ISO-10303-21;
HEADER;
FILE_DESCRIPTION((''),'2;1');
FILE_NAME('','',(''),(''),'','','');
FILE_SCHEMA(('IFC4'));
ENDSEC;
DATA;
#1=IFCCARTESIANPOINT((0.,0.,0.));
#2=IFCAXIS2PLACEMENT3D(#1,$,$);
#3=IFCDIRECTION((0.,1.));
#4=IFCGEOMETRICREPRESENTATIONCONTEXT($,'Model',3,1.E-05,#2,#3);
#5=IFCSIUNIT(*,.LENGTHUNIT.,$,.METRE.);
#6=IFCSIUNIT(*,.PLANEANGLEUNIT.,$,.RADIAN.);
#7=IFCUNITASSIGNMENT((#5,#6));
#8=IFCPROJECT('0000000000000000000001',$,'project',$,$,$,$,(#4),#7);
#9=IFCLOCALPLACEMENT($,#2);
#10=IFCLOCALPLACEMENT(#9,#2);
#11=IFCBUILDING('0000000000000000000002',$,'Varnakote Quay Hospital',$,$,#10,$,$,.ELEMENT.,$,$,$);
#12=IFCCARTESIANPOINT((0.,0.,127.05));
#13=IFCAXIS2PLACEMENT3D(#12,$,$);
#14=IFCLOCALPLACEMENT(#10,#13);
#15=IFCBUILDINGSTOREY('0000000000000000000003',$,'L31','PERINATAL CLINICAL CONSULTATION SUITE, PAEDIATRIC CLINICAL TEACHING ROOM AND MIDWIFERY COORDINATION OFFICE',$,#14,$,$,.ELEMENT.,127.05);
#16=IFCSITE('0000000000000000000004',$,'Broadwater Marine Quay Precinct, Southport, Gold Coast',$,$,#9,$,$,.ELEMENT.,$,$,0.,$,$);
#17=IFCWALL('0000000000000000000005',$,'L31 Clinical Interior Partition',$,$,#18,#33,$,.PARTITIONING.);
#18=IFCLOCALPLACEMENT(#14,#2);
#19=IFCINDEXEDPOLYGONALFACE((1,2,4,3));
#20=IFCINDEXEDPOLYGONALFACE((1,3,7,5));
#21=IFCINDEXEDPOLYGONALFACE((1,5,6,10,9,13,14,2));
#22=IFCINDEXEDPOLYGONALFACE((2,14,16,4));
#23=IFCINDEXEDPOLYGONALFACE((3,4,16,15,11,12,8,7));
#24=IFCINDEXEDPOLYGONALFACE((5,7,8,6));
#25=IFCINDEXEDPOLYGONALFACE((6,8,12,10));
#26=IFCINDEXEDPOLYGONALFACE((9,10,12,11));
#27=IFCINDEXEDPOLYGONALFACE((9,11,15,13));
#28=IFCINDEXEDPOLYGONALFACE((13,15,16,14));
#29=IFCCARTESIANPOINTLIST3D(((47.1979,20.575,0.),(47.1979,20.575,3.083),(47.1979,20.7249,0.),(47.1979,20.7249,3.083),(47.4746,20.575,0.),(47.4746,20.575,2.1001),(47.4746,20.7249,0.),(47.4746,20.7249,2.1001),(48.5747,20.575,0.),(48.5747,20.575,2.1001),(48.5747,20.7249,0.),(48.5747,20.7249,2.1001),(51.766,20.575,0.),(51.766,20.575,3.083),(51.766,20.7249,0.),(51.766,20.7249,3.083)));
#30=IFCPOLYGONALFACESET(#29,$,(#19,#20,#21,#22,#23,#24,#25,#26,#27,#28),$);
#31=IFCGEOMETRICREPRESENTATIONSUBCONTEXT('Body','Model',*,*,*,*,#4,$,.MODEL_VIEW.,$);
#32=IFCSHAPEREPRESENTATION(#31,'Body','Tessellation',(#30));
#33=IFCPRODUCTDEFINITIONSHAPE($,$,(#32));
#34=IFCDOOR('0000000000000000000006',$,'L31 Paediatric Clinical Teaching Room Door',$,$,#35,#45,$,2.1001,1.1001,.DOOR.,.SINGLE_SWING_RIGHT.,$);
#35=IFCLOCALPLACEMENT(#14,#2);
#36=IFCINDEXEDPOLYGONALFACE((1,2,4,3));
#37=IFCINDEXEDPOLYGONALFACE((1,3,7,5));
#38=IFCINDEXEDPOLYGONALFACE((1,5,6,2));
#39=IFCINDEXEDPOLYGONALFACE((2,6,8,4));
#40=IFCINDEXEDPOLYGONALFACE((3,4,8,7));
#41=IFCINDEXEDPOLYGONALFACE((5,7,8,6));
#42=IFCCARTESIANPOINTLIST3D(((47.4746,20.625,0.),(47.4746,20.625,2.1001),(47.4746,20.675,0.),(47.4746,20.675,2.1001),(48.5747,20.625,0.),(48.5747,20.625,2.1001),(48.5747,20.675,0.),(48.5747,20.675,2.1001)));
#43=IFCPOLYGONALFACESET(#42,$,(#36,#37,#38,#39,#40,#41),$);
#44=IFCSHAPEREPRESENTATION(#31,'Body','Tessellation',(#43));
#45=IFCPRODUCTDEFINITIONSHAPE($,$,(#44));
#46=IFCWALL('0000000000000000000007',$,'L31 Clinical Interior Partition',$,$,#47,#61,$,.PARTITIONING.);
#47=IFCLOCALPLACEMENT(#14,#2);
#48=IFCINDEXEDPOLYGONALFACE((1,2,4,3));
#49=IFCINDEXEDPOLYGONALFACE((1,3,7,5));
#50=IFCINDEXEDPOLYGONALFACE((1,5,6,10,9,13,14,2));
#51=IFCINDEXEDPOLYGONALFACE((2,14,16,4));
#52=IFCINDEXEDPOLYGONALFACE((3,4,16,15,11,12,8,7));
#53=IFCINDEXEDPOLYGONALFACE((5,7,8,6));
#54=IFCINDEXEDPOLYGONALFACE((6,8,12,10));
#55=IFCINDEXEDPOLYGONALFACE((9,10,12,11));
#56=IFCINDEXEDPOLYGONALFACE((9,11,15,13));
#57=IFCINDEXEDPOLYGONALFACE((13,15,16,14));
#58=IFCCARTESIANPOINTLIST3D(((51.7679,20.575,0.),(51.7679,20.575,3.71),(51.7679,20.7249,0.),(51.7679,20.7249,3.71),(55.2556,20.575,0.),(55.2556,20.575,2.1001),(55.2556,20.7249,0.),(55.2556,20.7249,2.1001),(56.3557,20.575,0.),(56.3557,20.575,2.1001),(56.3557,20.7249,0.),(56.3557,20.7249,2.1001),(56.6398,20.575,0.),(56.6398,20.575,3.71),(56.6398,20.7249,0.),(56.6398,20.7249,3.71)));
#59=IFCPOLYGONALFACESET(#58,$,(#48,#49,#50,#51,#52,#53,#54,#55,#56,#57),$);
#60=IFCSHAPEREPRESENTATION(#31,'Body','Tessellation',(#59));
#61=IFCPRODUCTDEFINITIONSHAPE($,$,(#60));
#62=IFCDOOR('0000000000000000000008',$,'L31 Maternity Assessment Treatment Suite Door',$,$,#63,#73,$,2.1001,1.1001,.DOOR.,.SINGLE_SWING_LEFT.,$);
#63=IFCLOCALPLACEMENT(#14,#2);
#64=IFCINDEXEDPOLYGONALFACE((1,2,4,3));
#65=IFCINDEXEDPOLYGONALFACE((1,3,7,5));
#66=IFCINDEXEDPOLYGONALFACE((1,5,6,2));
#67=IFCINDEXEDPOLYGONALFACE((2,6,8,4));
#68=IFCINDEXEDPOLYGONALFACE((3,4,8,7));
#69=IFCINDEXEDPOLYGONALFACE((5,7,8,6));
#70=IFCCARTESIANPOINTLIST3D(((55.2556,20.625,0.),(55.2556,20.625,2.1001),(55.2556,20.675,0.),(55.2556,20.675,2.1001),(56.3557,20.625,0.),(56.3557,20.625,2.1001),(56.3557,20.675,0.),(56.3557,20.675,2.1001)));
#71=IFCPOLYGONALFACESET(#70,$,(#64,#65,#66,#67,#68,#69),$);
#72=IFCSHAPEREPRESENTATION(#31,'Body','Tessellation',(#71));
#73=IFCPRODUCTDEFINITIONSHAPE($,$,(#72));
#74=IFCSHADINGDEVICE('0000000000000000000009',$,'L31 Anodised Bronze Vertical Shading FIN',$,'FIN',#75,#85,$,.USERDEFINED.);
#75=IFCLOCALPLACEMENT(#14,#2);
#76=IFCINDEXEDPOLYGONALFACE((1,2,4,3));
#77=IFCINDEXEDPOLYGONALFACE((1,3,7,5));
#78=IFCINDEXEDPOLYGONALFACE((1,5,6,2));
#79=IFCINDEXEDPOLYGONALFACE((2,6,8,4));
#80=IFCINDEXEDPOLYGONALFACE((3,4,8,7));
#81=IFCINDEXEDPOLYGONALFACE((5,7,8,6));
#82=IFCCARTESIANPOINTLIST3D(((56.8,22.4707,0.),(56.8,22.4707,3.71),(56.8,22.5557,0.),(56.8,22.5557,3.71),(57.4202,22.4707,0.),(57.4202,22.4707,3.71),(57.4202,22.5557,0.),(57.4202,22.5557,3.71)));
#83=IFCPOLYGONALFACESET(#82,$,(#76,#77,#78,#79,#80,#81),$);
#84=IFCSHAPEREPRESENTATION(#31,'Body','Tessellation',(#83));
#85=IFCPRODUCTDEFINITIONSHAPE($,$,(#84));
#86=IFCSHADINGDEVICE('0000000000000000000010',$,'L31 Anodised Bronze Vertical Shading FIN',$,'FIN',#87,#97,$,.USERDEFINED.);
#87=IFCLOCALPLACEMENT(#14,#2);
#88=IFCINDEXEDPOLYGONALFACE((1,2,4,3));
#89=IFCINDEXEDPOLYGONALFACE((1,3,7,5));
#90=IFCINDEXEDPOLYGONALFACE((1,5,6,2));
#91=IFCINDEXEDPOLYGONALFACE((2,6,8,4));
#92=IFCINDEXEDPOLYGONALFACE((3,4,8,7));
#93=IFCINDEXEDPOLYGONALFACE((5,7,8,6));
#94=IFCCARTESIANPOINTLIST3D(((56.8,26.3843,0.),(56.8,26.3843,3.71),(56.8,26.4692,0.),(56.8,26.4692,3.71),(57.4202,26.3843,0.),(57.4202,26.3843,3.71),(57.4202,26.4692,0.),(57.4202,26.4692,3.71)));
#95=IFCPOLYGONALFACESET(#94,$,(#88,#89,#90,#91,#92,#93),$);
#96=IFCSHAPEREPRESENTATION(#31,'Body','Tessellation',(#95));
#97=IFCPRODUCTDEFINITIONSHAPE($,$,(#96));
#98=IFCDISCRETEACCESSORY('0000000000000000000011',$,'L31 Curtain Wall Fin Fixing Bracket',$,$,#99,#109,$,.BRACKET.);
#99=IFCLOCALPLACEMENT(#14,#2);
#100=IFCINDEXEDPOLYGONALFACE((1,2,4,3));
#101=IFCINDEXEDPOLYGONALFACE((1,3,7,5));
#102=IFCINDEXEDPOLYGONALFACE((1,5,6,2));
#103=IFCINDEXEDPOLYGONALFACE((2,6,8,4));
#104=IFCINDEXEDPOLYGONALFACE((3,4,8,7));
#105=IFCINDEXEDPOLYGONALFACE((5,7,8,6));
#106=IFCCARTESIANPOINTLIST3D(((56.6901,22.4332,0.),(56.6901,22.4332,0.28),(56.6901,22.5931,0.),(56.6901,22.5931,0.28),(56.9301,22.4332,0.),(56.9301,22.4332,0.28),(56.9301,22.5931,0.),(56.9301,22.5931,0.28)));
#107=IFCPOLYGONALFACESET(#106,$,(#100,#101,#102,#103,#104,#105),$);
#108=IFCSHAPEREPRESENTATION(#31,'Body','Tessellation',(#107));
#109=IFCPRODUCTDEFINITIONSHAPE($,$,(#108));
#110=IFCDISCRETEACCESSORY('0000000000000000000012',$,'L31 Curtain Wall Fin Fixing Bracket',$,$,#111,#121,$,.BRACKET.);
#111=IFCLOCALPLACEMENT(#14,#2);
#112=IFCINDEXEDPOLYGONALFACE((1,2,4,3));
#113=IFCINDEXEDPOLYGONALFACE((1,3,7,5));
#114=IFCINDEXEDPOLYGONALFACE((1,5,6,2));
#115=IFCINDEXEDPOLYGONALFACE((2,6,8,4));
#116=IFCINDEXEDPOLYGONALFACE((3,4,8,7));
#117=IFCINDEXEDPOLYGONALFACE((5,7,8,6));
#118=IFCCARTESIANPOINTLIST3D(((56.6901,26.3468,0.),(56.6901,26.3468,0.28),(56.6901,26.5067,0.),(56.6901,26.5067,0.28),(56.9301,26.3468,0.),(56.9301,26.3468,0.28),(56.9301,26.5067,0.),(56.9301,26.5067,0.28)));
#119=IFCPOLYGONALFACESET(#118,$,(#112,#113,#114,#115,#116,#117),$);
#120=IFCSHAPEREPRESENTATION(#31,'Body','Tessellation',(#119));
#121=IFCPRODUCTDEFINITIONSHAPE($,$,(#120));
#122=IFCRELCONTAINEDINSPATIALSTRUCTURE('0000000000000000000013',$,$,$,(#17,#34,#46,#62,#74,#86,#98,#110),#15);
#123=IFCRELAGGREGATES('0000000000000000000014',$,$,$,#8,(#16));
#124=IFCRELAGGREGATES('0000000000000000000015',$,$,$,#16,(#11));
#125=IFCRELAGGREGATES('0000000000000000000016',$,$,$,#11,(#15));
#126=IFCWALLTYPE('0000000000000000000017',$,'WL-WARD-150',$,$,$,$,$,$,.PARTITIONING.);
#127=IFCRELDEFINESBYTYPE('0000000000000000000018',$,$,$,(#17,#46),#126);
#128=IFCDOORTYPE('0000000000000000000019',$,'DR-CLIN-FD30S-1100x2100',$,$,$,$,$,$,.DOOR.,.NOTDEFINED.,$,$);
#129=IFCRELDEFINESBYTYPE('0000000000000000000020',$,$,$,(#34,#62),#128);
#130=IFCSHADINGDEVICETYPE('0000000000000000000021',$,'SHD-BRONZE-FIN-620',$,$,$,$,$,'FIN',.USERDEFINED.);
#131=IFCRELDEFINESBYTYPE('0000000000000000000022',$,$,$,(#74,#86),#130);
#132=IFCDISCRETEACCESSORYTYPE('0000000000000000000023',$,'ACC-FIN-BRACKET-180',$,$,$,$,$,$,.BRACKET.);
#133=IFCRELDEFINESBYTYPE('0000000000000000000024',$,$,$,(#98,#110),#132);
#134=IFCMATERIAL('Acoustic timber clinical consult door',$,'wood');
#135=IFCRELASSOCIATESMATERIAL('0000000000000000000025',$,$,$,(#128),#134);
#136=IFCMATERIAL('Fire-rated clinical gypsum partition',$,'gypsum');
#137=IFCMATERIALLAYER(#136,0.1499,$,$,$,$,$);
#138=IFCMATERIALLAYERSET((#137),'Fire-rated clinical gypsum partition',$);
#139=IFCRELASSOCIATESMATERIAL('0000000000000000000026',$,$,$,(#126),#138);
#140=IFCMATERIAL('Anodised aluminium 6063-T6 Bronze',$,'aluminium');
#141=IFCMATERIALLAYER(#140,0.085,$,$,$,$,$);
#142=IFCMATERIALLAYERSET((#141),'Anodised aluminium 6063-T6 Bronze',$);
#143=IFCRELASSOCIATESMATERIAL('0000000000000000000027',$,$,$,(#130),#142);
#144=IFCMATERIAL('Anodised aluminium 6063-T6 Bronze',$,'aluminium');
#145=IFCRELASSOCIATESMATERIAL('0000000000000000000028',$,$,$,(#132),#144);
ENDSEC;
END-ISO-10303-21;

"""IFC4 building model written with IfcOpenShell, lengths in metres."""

from ifc_helpers import new_model, si_unit, direction, frame, frame_2d, origin, origin_2d, place, context, subcontext, project, spatial, rectangle, extrude, material, layer, layer_set, type_object, element, fill, save


model = new_model("IFC4")

# Units and contexts
model_context = context("Model", 3, precision=1e-05, world=origin(), true_north=direction((0.0, 1.0)))
body_context = subcontext(model_context, "Body", "Model", "MODEL_VIEW")
ifc_project = project(units=[si_unit("LENGTHUNIT", "METRE"), si_unit("PLANEANGLEUNIT", "RADIAN")], contexts=[model_context])

# Site, building, storey
site_placement = place(None, origin())
site = spatial("IfcSite", under=ifc_project, at=site_placement, Name="Broadwater Marine Quay Precinct, Southport, Gold Coast", CompositionType="ELEMENT", RefElevation=0.0)
building_placement = place(site_placement, origin())
building = spatial("IfcBuilding", under=site, at=building_placement, Name="Varnakote Quay Hospital", CompositionType="ELEMENT")
storey_placement = place(building_placement, frame((0.0, 0.0, 127.05)))
storey = spatial("IfcBuildingStorey", under=building, at=storey_placement, Name="L31", Description="PERINATAL CLINICAL CONSULTATION SUITE, PAEDIATRIC CLINICAL TEACHING ROOM AND MIDWIFERY COORDINATION OFFICE", CompositionType="ELEMENT", Elevation=127.05)

# Walls, openings, doors
ifc_material_1 = material(Name="Acoustic timber clinical consult door", Category="wood")
door_type = type_object("IfcDoorType", Name="DR-CLIN-FD30S-1100x2100", OperationType="NOTDEFINED", PredefinedType="DOOR", material=ifc_material_1)
ifc_material_2 = material(Name="Fire-rated clinical gypsum partition", Category="gypsum")
ifc_layer_1 = layer(ifc_material_2, 0.1499)
ifc_layer_set_1 = layer_set([ifc_layer_1], Name="Fire-rated clinical gypsum partition")
wall_type_1 = type_object("IfcWallType", Name="WL-WARD-150", PredefinedType="PARTITIONING", material=ifc_layer_set_1)
wall_1_placement = place(storey_placement, frame((51.7661, 20.6499, 0.0), z_axis=(0.0, 0.0, 1.0), x_axis=(-1.0, 0.0, 0.0)))
wall_1 = element("IfcWall", 1, at=wall_1_placement, inside=storey, type_object=wall_type_1, Name="L31 Clinical Interior Partition", PredefinedType="PARTITIONING", context=body_context, shape_type="SweptSolid", body=[
    extrude(rectangle(XDim=4.5681, YDim=0.1499, at=frame_2d((2.2842, 0.0))), origin(), (0.0, 0.0, 1.0), 3.083),
])
opening_1_placement = place(wall_1_placement, frame((3.1914, 0.0, 0.0)))
opening_1 = element("IfcOpeningElement", 2, at=opening_1_placement, cuts=wall_1, PredefinedType="OPENING", context=body_context, shape_type="SweptSolid", body=[
    extrude(rectangle(XDim=1.1001, YDim=2.1001, at=frame_2d((0.55, 1.05))), frame((0.0, 0.085, 0.0), z_axis=(0.0, -1.0, 0.0), x_axis=(1.0, 0.0, 0.0)), (0.0, 0.0, 1.0), 0.1699),
])
door_1_placement = place(opening_1_placement, origin())
door_1 = element("IfcDoor", 3, at=door_1_placement, inside=storey, type_object=door_type, Name="L31 Paediatric Clinical Teaching Room Door", OperationType="SINGLE_SWING_RIGHT", OverallHeight=2.1001, OverallWidth=1.1001, PredefinedType="DOOR", context=body_context, shape_type="SweptSolid", body=[
    extrude(rectangle(XDim=1.1001, YDim=2.1001, at=frame_2d((0.55, 1.05))), frame((0.0, 0.0249, 0.0), z_axis=(0.0, -1.0, 0.0), x_axis=(1.0, 0.0, 0.0)), (0.0, 0.0, 1.0), 0.05),
])
fill(opening_1, door_1)
wall_2_placement = place(storey_placement, frame((56.6399, 20.6499, 0.0), z_axis=(0.0, 0.0, 1.0), x_axis=(-1.0, 0.0, 0.0)))
wall_2 = element("IfcWall", 4, at=wall_2_placement, inside=storey, type_object=wall_type_1, Name="L31 Clinical Interior Partition", PredefinedType="PARTITIONING", context=body_context, shape_type="SweptSolid", body=[
    extrude(rectangle(XDim=4.8718, YDim=0.1499, at=frame_2d((2.436, 0.0))), origin(), (0.0, 0.0, 1.0), 3.71),
])
opening_2_placement = place(wall_2_placement, frame((0.2842, 0.0, 0.0)))
opening_2 = element("IfcOpeningElement", 5, at=opening_2_placement, cuts=wall_2, PredefinedType="OPENING", context=body_context, shape_type="SweptSolid", body=[
    extrude(rectangle(XDim=1.1001, YDim=2.1001, at=frame_2d((0.55, 1.05))), frame((0.0, 0.085, 0.0), z_axis=(0.0, -1.0, 0.0), x_axis=(1.0, 0.0, 0.0)), (0.0, 0.0, 1.0), 0.1699),
])
door_2_placement = place(opening_2_placement, origin())
door_2 = element("IfcDoor", 6, at=door_2_placement, inside=storey, type_object=door_type, Name="L31 Maternity Assessment Treatment Suite Door", OperationType="SINGLE_SWING_LEFT", OverallHeight=2.1001, OverallWidth=1.1001, PredefinedType="DOOR", context=body_context, shape_type="SweptSolid", body=[
    extrude(rectangle(XDim=1.1001, YDim=2.1001, at=frame_2d((0.55, 1.05))), frame((0.0, 0.0249, 0.0), z_axis=(0.0, -1.0, 0.0), x_axis=(1.0, 0.0, 0.0)), (0.0, 0.0, 1.0), 0.05),
])
fill(opening_2, door_2)

# Shading devices
ifc_material_3 = material(Name="Anodised aluminium 6063-T6 Bronze", Category="aluminium")
ifc_layer_2 = layer(ifc_material_3, 0.085)
ifc_layer_set_2 = layer_set([ifc_layer_2], Name="Anodised aluminium 6063-T6 Bronze")
shading_device_type = type_object("IfcShadingDeviceType", Name="SHD-BRONZE-FIN-620", ElementType="FIN", PredefinedType="USERDEFINED", material=ifc_layer_set_2)
for number, where, z_axis, x_axis, name in (
    (7, (57.1101, 22.5132, 0.0), (0.0, 0.0, 1.0), (-1.0, 0.0, 0.0), "L31 Anodised Bronze Vertical Shading FIN"),
    (8, (57.1101, 26.4268, 0.0), (0.0, 0.0, 1.0), (-1.0, 0.0, 0.0), "L31 Anodised Bronze Vertical Shading FIN"),
):
    element("IfcShadingDevice", number, at=place(storey_placement, frame(where, z_axis=z_axis, x_axis=x_axis)), inside=storey, type_object=shading_device_type, Name=name, ObjectType="FIN", PredefinedType="USERDEFINED", context=body_context, shape_type="SweptSolid", body=[
        extrude(rectangle(XDim=0.6201, YDim=0.085, at=origin_2d()), origin(), (0.0, 0.0, 1.0), 3.71),
    ])

# Discrete accessories
ifc_material_4 = material(Name="Anodised aluminium 6063-T6 Bronze", Category="aluminium")
discrete_accessory_type = type_object("IfcDiscreteAccessoryType", Name="ACC-FIN-BRACKET-180", PredefinedType="BRACKET", material=ifc_material_4)
for number, where, z_axis, x_axis, name in (
    (9, (56.8101, 22.5132, 0.0), (0.0, 0.0, 1.0), (0.0, 1.0, 0.0), "L31 Curtain Wall Fin Fixing Bracket"),
    (10, (56.8101, 26.4268, 0.0), (0.0, 0.0, 1.0), (0.0, 1.0, 0.0), "L31 Curtain Wall Fin Fixing Bracket"),
):
    element("IfcDiscreteAccessory", number, at=place(storey_placement, frame(where, z_axis=z_axis, x_axis=x_axis)), inside=storey, type_object=discrete_accessory_type, Name=name, PredefinedType="BRACKET", context=body_context, shape_type="SweptSolid", body=[
        extrude(rectangle(XDim=0.1599, YDim=0.24, at=origin_2d()), origin(), (0.0, 0.0, 1.0), 0.28),
    ])

save(model, "model.ifc")
